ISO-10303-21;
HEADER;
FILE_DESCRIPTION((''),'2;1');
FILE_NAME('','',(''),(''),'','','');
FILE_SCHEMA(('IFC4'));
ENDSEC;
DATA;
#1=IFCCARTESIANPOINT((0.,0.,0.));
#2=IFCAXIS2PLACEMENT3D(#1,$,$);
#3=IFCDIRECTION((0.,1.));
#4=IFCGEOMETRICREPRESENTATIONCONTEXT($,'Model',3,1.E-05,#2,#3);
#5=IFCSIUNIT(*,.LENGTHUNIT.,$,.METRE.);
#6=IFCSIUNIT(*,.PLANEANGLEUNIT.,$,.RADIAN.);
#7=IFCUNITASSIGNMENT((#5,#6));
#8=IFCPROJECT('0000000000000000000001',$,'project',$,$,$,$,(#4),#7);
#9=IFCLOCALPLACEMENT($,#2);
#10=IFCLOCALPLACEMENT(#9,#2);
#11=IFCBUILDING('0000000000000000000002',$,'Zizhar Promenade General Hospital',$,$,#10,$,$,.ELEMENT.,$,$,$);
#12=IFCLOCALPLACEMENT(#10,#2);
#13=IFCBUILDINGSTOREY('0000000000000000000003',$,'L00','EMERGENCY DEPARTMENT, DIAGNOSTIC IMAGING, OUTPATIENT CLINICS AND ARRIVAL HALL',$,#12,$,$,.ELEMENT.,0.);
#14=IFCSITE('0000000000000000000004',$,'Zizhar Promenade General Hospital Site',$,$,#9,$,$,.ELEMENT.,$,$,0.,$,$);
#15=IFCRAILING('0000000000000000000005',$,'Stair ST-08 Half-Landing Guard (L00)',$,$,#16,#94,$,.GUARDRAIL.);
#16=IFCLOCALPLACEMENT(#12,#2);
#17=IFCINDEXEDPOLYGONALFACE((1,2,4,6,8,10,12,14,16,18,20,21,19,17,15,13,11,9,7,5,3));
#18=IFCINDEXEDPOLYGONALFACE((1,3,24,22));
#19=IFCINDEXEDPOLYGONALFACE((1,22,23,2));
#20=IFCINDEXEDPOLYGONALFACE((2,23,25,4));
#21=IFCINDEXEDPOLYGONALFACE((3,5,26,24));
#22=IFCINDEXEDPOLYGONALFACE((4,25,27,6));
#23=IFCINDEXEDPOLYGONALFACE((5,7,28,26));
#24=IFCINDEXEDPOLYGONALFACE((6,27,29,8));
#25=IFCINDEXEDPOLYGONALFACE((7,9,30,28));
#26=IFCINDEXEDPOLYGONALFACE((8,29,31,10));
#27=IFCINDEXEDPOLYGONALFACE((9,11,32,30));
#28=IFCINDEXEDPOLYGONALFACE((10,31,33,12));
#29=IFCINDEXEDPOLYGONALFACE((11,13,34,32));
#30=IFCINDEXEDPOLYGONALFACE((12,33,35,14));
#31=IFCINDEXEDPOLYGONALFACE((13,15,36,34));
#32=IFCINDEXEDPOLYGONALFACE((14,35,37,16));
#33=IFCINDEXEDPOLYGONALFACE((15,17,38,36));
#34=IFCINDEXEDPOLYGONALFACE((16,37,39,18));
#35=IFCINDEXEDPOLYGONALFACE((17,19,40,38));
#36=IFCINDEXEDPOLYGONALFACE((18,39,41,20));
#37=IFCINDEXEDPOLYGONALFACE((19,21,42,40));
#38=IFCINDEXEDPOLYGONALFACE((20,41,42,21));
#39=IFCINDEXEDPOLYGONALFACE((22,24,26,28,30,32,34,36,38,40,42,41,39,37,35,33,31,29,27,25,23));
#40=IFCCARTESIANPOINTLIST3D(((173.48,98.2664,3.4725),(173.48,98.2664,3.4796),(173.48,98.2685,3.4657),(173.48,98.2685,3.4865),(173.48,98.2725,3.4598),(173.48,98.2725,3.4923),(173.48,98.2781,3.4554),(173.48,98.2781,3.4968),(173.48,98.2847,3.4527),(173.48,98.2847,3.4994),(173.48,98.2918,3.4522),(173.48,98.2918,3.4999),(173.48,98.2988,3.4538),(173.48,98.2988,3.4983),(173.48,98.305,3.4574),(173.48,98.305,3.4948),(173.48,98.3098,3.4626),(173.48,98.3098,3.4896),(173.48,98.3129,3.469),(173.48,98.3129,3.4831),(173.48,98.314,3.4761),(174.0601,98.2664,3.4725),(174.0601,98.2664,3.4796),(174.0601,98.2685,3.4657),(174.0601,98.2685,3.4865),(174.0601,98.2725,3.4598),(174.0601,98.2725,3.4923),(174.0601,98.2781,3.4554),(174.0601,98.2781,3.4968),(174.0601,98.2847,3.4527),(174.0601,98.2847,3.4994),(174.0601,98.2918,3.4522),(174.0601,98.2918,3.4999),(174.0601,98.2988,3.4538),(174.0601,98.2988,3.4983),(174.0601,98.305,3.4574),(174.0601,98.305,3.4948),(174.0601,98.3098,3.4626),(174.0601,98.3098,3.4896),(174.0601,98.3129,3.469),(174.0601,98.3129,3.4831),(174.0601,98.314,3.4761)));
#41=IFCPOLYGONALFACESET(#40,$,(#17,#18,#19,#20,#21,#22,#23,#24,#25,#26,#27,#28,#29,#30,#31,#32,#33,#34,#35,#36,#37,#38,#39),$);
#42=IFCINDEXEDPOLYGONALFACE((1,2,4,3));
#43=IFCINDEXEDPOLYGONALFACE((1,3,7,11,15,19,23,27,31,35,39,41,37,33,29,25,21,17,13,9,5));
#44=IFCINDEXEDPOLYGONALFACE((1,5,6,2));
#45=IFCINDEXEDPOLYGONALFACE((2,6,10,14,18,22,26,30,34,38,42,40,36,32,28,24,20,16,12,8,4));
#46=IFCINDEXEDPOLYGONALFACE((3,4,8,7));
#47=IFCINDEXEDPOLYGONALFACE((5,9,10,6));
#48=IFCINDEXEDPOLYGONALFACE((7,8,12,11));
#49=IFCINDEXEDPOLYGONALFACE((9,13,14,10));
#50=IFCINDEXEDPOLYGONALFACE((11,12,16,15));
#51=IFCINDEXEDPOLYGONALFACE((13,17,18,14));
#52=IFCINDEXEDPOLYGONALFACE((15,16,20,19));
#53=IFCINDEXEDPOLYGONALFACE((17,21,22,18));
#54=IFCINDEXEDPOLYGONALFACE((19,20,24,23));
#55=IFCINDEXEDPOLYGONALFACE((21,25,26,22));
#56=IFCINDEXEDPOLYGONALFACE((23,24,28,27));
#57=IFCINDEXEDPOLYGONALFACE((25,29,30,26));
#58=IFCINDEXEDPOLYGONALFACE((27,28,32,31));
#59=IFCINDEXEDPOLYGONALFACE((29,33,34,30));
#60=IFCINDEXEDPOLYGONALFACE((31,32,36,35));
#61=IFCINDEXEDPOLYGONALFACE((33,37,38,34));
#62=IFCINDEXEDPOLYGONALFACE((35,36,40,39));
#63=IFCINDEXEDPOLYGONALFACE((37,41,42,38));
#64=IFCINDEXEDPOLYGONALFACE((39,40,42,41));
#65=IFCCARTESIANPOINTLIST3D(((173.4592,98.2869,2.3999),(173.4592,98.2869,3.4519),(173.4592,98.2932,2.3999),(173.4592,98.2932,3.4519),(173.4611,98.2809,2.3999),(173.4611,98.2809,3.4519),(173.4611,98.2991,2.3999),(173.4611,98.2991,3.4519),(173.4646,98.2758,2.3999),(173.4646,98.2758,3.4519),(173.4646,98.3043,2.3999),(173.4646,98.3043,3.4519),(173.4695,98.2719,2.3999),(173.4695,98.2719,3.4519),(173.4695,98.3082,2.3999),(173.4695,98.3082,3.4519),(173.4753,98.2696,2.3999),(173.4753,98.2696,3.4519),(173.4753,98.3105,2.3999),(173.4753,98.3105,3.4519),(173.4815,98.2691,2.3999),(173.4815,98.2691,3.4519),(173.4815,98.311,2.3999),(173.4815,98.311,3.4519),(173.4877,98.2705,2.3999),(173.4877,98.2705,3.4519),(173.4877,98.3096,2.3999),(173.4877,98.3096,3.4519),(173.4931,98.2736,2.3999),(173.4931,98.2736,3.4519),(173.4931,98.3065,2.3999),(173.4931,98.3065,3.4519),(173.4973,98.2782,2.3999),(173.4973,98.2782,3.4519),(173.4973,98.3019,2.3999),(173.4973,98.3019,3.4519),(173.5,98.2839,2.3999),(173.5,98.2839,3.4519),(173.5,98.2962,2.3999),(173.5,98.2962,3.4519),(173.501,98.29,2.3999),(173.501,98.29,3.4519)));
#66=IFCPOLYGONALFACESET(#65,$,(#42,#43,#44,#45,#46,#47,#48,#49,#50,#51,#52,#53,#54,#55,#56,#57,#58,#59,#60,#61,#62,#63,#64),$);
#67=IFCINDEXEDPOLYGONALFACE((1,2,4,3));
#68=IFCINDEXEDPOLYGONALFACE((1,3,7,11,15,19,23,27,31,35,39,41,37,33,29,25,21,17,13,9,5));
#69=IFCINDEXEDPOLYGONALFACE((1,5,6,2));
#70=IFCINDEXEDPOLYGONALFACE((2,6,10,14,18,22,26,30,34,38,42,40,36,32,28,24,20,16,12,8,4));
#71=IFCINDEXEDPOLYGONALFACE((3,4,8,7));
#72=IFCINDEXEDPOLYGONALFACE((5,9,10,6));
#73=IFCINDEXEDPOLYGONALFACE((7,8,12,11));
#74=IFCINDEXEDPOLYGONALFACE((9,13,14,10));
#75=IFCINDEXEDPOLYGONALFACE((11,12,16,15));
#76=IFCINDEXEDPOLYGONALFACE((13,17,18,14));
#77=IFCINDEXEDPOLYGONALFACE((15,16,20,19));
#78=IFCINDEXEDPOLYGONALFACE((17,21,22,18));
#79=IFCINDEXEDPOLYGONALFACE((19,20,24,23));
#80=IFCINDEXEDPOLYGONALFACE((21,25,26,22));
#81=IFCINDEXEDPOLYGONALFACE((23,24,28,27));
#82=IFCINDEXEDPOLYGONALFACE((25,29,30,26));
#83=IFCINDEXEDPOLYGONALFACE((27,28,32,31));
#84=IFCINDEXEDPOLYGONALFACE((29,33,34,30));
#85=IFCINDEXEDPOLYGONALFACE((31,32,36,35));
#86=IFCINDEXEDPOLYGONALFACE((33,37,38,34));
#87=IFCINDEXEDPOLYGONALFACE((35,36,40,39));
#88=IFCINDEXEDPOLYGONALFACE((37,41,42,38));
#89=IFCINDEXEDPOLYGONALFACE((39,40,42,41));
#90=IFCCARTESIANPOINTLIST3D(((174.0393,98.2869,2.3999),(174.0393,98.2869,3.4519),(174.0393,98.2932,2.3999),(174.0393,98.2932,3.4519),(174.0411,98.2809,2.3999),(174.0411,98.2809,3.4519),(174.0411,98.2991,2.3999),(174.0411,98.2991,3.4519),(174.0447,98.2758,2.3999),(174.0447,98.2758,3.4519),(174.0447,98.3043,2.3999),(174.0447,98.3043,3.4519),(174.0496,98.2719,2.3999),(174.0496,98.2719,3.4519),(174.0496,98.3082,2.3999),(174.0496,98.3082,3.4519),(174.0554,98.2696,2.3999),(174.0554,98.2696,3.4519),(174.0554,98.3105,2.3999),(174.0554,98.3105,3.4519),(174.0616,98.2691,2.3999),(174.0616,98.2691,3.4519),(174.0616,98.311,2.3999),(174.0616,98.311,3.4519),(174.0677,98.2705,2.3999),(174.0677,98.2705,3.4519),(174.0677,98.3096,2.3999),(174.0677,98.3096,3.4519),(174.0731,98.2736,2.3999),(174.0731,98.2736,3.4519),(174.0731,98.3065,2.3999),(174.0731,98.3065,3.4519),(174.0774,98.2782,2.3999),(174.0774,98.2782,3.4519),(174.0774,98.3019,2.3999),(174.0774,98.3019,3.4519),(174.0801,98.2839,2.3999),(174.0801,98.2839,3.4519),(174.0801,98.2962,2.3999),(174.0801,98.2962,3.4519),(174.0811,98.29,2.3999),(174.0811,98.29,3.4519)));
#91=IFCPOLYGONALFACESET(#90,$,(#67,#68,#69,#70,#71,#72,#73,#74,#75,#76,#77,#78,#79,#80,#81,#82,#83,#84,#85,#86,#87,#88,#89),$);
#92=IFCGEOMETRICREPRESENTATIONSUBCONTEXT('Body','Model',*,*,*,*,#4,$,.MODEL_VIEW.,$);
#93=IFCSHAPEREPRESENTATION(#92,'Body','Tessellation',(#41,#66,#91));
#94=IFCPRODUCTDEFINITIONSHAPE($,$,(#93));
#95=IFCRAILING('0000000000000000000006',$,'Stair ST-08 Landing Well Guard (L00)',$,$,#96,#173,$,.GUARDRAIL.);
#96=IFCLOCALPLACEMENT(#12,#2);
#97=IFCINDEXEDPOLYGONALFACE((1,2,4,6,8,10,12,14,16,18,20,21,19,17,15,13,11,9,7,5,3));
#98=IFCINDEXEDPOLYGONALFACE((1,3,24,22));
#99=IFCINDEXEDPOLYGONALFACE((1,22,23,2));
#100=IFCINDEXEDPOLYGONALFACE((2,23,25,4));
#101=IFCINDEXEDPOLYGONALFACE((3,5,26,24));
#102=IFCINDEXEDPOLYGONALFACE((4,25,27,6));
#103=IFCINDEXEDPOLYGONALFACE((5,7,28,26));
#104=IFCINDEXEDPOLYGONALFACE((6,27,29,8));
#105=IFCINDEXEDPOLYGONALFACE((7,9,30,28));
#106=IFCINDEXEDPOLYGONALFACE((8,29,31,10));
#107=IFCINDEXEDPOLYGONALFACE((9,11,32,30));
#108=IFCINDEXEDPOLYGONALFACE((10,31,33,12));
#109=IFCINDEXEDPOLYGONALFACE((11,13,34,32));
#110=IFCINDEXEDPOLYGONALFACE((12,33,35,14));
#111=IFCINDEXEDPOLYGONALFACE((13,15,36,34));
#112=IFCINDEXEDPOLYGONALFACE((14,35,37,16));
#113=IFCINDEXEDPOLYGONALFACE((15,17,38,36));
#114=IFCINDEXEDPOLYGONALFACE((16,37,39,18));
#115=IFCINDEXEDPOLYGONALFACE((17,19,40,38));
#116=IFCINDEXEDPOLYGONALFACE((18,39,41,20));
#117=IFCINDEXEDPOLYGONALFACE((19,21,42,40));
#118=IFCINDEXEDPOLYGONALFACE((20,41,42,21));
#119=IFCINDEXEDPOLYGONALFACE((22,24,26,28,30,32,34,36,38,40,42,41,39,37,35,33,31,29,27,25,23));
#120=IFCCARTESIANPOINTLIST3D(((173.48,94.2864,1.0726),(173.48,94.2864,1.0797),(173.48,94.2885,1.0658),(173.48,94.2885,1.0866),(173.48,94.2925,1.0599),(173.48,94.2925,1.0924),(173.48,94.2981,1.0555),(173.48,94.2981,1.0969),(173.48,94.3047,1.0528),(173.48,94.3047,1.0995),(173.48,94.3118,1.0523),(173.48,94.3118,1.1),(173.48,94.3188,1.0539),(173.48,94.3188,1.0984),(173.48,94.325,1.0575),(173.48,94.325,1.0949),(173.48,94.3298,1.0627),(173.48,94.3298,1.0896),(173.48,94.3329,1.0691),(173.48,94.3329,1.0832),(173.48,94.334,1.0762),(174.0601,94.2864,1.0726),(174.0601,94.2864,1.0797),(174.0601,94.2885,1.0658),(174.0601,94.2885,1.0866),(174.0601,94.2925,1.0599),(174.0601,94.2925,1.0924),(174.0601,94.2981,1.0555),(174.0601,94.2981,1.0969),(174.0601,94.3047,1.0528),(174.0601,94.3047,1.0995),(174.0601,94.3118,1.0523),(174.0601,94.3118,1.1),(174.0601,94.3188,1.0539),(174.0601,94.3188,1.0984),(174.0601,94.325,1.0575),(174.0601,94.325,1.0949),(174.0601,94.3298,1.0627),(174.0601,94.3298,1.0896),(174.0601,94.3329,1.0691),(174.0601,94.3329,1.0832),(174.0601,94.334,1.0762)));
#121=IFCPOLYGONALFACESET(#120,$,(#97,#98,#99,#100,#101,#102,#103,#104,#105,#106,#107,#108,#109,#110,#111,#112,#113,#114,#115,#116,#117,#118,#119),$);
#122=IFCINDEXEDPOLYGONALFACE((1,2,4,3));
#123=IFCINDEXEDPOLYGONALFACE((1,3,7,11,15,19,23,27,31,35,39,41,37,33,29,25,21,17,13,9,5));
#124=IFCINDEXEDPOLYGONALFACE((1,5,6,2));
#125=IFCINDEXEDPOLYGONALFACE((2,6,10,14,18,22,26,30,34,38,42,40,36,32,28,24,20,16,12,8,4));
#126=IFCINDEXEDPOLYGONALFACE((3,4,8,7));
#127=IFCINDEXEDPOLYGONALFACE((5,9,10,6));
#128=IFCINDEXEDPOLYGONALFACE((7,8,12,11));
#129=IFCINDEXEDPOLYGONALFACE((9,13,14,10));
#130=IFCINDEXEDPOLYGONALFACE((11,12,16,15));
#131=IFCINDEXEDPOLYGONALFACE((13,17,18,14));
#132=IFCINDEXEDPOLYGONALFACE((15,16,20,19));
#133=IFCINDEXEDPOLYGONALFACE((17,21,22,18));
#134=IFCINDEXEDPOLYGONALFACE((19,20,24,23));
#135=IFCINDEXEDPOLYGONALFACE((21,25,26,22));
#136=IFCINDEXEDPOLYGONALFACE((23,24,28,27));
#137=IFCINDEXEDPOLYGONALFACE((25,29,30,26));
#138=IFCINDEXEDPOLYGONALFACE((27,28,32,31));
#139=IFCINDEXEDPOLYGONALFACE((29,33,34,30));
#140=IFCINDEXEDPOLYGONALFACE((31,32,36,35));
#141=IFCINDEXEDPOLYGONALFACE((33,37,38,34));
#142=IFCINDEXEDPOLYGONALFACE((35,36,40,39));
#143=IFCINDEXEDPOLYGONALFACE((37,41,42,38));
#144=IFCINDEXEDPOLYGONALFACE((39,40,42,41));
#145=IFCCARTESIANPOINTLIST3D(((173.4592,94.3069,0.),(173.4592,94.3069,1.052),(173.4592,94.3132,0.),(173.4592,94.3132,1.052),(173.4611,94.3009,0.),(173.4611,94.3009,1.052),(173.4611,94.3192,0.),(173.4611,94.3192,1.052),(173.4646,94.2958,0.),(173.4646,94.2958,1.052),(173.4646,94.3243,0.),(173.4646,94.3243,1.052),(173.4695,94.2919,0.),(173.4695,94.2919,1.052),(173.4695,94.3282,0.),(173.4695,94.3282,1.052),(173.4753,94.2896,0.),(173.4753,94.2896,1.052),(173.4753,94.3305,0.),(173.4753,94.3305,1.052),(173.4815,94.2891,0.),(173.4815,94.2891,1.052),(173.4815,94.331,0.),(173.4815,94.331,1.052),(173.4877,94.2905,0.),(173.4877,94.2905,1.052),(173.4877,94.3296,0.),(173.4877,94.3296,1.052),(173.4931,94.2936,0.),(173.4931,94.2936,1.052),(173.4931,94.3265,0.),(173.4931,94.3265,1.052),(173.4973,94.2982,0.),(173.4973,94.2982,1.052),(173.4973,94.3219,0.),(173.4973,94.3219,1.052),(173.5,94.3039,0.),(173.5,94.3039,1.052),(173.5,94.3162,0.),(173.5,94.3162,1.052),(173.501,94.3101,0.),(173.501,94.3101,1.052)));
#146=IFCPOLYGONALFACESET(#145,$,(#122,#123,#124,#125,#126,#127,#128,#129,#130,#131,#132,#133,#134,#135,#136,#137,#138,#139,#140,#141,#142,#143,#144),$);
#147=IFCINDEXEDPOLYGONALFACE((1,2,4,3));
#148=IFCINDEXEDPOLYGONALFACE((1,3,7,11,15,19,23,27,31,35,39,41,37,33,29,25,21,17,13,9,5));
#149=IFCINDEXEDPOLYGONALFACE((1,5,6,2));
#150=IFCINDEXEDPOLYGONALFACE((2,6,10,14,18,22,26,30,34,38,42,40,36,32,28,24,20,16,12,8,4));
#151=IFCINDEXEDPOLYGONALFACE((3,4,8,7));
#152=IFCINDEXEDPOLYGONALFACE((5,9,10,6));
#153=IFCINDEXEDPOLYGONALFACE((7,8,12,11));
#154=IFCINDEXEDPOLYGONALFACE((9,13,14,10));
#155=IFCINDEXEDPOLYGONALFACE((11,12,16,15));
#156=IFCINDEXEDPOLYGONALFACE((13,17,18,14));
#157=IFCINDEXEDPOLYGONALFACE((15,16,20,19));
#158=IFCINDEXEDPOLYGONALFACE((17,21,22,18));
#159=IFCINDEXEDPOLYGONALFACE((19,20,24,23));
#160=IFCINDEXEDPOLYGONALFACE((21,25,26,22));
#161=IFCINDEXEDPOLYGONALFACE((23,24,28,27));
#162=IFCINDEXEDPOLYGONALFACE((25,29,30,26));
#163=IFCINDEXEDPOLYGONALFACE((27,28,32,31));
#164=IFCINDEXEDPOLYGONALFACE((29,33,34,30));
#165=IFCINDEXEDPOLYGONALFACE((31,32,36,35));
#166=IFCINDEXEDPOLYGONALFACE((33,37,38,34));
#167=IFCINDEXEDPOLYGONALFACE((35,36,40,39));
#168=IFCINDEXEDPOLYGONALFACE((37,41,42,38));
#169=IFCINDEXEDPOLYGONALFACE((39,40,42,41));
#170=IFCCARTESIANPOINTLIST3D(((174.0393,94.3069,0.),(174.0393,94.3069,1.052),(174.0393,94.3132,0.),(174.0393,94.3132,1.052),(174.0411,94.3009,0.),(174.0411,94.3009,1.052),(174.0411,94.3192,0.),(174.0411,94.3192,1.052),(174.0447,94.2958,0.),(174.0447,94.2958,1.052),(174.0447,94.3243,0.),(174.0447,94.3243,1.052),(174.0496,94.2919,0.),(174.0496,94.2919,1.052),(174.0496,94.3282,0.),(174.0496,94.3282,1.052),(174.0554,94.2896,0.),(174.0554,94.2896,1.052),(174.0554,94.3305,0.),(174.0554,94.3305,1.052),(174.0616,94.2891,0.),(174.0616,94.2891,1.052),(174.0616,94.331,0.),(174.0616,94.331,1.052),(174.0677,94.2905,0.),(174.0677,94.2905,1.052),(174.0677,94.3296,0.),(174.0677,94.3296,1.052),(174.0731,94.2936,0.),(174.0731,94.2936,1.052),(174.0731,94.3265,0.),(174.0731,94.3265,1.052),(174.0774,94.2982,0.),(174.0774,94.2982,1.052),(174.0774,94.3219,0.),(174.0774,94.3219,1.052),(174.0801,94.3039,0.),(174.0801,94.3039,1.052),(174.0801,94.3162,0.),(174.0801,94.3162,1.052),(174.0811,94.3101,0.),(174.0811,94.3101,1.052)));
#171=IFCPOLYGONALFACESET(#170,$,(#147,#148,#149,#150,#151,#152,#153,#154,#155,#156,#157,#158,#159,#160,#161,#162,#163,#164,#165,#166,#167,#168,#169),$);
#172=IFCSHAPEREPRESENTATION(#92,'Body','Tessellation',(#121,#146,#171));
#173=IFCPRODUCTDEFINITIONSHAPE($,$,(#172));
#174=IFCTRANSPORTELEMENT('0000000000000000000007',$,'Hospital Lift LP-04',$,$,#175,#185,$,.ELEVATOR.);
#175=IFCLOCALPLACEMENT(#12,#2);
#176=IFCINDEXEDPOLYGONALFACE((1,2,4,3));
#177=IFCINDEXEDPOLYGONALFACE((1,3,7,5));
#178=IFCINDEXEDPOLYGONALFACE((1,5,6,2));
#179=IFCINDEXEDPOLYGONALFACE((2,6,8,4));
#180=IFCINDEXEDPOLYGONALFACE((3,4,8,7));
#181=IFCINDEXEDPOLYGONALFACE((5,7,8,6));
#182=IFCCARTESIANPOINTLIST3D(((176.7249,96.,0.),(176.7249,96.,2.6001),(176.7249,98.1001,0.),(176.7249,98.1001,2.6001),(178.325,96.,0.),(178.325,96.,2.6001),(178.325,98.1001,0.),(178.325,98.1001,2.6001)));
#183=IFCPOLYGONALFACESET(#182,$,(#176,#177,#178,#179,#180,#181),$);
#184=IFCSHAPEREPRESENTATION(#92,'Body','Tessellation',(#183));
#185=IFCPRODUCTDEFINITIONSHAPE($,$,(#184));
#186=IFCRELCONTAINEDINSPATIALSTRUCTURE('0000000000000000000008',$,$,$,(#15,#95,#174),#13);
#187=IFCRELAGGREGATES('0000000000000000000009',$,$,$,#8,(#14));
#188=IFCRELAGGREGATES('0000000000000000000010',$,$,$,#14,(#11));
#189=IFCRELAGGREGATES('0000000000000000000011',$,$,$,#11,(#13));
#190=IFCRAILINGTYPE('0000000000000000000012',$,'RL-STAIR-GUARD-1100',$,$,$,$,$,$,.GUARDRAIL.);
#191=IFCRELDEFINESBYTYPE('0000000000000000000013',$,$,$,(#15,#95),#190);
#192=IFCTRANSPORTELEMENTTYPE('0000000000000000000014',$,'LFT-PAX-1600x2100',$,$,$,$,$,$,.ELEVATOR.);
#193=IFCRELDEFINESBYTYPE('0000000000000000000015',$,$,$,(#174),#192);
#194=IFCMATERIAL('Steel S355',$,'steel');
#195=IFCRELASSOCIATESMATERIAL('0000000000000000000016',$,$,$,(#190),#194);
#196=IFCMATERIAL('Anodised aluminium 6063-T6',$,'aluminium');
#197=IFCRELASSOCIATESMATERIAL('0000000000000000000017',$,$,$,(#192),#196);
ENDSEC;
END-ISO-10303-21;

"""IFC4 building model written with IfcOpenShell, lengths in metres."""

from ifc_helpers import new_model, si_unit, direction, frame, origin, origin_2d, place, context, subcontext, project, spatial, rectangle, circle, hollow_circle, extrude, material, material_profile, profile_set, type_object, element, save


model = new_model("IFC4")

# Units and contexts
model_context = context("Model", 3, precision=1e-05, world=origin(), true_north=direction((0.0, 1.0)))
body_context = subcontext(model_context, "Body", "Model", "MODEL_VIEW")
ifc_project = project(units=[si_unit("LENGTHUNIT", "METRE"), si_unit("PLANEANGLEUNIT", "RADIAN")], contexts=[model_context])

# Site, building, storey
site_placement = place(None, origin())
site = spatial("IfcSite", under=ifc_project, at=site_placement, Name="Zizhar Promenade General Hospital Site", CompositionType="ELEMENT", RefElevation=0.0)
building_placement = place(site_placement, origin())
building = spatial("IfcBuilding", under=site, at=building_placement, Name="Zizhar Promenade General Hospital", CompositionType="ELEMENT")
storey_placement = place(building_placement, origin())
storey = spatial("IfcBuildingStorey", under=building, at=storey_placement, Name="L00", Description="EMERGENCY DEPARTMENT, DIAGNOSTIC IMAGING, OUTPATIENT CLINICS AND ARRIVAL HALL", CompositionType="ELEMENT", Elevation=0.0)

# Railings
ifc_material_1 = material(Name="Steel S355", Category="steel")
ifc_material_profile_1 = material_profile(ifc_material_1, hollow_circle(Radius=0.0698, WallThickness=0.0063, at=origin_2d()))
ifc_profile_set_1 = profile_set([ifc_material_profile_1], Name="Steel S355")
railing_type_1 = type_object("IfcRailingType", Name="RL-STAIR-GUARD-1100", PredefinedType="GUARDRAIL", material=ifc_profile_set_1)
for number, where, name in (
    (1, (173.48, 98.29, 2.3999), "Stair ST-08 Half-Landing Guard (L00)"),
    (2, (173.48, 94.3101, 0.0), "Stair ST-08 Landing Well Guard (L00)"),
):
    element("IfcRailing", number, at=place(storey_placement, frame(where)), inside=storey, type_object=railing_type_1, Name=name, PredefinedType="GUARDRAIL", context=body_context, shape_type="SweptSolid", body=[
        extrude(circle(Radius=0.0239, at=origin_2d()), frame((0.0, 0.0, 1.0762), z_axis=(1.0, 0.0, 0.0), x_axis=(0.0, 1.0, 0.0)), (0.0, 0.0, 1.0), 0.5801),
        extrude(circle(Radius=0.021, at=origin_2d()), origin(), (0.0, 0.0, 1.0), 1.052),
        extrude(circle(Radius=0.021, at=origin_2d()), frame((0.5801, 0.0, 0.0)), (0.0, 0.0, 1.0), 1.052),
    ])

# Transport element
ifc_material_2 = material(Name="Anodised aluminium 6063-T6", Category="aluminium")
transport_element_type = type_object("IfcTransportElementType", Name="LFT-PAX-1600x2100", PredefinedType="ELEVATOR", material=ifc_material_2)
transport_element_placement = place(storey_placement, frame((177.5249, 97.05, 0.0), z_axis=(0.0, 0.0, 1.0), x_axis=(1.0, 0.0, 0.0)))
element("IfcTransportElement", 3, at=transport_element_placement, inside=storey, type_object=transport_element_type, Name="Hospital Lift LP-04", PredefinedType="ELEVATOR", context=body_context, shape_type="SweptSolid", body=[
    extrude(rectangle(XDim=1.6001, YDim=2.1001, at=origin_2d()), origin(), (0.0, 0.0, 1.0), 2.6001),
])

save(model, "model.ifc")
